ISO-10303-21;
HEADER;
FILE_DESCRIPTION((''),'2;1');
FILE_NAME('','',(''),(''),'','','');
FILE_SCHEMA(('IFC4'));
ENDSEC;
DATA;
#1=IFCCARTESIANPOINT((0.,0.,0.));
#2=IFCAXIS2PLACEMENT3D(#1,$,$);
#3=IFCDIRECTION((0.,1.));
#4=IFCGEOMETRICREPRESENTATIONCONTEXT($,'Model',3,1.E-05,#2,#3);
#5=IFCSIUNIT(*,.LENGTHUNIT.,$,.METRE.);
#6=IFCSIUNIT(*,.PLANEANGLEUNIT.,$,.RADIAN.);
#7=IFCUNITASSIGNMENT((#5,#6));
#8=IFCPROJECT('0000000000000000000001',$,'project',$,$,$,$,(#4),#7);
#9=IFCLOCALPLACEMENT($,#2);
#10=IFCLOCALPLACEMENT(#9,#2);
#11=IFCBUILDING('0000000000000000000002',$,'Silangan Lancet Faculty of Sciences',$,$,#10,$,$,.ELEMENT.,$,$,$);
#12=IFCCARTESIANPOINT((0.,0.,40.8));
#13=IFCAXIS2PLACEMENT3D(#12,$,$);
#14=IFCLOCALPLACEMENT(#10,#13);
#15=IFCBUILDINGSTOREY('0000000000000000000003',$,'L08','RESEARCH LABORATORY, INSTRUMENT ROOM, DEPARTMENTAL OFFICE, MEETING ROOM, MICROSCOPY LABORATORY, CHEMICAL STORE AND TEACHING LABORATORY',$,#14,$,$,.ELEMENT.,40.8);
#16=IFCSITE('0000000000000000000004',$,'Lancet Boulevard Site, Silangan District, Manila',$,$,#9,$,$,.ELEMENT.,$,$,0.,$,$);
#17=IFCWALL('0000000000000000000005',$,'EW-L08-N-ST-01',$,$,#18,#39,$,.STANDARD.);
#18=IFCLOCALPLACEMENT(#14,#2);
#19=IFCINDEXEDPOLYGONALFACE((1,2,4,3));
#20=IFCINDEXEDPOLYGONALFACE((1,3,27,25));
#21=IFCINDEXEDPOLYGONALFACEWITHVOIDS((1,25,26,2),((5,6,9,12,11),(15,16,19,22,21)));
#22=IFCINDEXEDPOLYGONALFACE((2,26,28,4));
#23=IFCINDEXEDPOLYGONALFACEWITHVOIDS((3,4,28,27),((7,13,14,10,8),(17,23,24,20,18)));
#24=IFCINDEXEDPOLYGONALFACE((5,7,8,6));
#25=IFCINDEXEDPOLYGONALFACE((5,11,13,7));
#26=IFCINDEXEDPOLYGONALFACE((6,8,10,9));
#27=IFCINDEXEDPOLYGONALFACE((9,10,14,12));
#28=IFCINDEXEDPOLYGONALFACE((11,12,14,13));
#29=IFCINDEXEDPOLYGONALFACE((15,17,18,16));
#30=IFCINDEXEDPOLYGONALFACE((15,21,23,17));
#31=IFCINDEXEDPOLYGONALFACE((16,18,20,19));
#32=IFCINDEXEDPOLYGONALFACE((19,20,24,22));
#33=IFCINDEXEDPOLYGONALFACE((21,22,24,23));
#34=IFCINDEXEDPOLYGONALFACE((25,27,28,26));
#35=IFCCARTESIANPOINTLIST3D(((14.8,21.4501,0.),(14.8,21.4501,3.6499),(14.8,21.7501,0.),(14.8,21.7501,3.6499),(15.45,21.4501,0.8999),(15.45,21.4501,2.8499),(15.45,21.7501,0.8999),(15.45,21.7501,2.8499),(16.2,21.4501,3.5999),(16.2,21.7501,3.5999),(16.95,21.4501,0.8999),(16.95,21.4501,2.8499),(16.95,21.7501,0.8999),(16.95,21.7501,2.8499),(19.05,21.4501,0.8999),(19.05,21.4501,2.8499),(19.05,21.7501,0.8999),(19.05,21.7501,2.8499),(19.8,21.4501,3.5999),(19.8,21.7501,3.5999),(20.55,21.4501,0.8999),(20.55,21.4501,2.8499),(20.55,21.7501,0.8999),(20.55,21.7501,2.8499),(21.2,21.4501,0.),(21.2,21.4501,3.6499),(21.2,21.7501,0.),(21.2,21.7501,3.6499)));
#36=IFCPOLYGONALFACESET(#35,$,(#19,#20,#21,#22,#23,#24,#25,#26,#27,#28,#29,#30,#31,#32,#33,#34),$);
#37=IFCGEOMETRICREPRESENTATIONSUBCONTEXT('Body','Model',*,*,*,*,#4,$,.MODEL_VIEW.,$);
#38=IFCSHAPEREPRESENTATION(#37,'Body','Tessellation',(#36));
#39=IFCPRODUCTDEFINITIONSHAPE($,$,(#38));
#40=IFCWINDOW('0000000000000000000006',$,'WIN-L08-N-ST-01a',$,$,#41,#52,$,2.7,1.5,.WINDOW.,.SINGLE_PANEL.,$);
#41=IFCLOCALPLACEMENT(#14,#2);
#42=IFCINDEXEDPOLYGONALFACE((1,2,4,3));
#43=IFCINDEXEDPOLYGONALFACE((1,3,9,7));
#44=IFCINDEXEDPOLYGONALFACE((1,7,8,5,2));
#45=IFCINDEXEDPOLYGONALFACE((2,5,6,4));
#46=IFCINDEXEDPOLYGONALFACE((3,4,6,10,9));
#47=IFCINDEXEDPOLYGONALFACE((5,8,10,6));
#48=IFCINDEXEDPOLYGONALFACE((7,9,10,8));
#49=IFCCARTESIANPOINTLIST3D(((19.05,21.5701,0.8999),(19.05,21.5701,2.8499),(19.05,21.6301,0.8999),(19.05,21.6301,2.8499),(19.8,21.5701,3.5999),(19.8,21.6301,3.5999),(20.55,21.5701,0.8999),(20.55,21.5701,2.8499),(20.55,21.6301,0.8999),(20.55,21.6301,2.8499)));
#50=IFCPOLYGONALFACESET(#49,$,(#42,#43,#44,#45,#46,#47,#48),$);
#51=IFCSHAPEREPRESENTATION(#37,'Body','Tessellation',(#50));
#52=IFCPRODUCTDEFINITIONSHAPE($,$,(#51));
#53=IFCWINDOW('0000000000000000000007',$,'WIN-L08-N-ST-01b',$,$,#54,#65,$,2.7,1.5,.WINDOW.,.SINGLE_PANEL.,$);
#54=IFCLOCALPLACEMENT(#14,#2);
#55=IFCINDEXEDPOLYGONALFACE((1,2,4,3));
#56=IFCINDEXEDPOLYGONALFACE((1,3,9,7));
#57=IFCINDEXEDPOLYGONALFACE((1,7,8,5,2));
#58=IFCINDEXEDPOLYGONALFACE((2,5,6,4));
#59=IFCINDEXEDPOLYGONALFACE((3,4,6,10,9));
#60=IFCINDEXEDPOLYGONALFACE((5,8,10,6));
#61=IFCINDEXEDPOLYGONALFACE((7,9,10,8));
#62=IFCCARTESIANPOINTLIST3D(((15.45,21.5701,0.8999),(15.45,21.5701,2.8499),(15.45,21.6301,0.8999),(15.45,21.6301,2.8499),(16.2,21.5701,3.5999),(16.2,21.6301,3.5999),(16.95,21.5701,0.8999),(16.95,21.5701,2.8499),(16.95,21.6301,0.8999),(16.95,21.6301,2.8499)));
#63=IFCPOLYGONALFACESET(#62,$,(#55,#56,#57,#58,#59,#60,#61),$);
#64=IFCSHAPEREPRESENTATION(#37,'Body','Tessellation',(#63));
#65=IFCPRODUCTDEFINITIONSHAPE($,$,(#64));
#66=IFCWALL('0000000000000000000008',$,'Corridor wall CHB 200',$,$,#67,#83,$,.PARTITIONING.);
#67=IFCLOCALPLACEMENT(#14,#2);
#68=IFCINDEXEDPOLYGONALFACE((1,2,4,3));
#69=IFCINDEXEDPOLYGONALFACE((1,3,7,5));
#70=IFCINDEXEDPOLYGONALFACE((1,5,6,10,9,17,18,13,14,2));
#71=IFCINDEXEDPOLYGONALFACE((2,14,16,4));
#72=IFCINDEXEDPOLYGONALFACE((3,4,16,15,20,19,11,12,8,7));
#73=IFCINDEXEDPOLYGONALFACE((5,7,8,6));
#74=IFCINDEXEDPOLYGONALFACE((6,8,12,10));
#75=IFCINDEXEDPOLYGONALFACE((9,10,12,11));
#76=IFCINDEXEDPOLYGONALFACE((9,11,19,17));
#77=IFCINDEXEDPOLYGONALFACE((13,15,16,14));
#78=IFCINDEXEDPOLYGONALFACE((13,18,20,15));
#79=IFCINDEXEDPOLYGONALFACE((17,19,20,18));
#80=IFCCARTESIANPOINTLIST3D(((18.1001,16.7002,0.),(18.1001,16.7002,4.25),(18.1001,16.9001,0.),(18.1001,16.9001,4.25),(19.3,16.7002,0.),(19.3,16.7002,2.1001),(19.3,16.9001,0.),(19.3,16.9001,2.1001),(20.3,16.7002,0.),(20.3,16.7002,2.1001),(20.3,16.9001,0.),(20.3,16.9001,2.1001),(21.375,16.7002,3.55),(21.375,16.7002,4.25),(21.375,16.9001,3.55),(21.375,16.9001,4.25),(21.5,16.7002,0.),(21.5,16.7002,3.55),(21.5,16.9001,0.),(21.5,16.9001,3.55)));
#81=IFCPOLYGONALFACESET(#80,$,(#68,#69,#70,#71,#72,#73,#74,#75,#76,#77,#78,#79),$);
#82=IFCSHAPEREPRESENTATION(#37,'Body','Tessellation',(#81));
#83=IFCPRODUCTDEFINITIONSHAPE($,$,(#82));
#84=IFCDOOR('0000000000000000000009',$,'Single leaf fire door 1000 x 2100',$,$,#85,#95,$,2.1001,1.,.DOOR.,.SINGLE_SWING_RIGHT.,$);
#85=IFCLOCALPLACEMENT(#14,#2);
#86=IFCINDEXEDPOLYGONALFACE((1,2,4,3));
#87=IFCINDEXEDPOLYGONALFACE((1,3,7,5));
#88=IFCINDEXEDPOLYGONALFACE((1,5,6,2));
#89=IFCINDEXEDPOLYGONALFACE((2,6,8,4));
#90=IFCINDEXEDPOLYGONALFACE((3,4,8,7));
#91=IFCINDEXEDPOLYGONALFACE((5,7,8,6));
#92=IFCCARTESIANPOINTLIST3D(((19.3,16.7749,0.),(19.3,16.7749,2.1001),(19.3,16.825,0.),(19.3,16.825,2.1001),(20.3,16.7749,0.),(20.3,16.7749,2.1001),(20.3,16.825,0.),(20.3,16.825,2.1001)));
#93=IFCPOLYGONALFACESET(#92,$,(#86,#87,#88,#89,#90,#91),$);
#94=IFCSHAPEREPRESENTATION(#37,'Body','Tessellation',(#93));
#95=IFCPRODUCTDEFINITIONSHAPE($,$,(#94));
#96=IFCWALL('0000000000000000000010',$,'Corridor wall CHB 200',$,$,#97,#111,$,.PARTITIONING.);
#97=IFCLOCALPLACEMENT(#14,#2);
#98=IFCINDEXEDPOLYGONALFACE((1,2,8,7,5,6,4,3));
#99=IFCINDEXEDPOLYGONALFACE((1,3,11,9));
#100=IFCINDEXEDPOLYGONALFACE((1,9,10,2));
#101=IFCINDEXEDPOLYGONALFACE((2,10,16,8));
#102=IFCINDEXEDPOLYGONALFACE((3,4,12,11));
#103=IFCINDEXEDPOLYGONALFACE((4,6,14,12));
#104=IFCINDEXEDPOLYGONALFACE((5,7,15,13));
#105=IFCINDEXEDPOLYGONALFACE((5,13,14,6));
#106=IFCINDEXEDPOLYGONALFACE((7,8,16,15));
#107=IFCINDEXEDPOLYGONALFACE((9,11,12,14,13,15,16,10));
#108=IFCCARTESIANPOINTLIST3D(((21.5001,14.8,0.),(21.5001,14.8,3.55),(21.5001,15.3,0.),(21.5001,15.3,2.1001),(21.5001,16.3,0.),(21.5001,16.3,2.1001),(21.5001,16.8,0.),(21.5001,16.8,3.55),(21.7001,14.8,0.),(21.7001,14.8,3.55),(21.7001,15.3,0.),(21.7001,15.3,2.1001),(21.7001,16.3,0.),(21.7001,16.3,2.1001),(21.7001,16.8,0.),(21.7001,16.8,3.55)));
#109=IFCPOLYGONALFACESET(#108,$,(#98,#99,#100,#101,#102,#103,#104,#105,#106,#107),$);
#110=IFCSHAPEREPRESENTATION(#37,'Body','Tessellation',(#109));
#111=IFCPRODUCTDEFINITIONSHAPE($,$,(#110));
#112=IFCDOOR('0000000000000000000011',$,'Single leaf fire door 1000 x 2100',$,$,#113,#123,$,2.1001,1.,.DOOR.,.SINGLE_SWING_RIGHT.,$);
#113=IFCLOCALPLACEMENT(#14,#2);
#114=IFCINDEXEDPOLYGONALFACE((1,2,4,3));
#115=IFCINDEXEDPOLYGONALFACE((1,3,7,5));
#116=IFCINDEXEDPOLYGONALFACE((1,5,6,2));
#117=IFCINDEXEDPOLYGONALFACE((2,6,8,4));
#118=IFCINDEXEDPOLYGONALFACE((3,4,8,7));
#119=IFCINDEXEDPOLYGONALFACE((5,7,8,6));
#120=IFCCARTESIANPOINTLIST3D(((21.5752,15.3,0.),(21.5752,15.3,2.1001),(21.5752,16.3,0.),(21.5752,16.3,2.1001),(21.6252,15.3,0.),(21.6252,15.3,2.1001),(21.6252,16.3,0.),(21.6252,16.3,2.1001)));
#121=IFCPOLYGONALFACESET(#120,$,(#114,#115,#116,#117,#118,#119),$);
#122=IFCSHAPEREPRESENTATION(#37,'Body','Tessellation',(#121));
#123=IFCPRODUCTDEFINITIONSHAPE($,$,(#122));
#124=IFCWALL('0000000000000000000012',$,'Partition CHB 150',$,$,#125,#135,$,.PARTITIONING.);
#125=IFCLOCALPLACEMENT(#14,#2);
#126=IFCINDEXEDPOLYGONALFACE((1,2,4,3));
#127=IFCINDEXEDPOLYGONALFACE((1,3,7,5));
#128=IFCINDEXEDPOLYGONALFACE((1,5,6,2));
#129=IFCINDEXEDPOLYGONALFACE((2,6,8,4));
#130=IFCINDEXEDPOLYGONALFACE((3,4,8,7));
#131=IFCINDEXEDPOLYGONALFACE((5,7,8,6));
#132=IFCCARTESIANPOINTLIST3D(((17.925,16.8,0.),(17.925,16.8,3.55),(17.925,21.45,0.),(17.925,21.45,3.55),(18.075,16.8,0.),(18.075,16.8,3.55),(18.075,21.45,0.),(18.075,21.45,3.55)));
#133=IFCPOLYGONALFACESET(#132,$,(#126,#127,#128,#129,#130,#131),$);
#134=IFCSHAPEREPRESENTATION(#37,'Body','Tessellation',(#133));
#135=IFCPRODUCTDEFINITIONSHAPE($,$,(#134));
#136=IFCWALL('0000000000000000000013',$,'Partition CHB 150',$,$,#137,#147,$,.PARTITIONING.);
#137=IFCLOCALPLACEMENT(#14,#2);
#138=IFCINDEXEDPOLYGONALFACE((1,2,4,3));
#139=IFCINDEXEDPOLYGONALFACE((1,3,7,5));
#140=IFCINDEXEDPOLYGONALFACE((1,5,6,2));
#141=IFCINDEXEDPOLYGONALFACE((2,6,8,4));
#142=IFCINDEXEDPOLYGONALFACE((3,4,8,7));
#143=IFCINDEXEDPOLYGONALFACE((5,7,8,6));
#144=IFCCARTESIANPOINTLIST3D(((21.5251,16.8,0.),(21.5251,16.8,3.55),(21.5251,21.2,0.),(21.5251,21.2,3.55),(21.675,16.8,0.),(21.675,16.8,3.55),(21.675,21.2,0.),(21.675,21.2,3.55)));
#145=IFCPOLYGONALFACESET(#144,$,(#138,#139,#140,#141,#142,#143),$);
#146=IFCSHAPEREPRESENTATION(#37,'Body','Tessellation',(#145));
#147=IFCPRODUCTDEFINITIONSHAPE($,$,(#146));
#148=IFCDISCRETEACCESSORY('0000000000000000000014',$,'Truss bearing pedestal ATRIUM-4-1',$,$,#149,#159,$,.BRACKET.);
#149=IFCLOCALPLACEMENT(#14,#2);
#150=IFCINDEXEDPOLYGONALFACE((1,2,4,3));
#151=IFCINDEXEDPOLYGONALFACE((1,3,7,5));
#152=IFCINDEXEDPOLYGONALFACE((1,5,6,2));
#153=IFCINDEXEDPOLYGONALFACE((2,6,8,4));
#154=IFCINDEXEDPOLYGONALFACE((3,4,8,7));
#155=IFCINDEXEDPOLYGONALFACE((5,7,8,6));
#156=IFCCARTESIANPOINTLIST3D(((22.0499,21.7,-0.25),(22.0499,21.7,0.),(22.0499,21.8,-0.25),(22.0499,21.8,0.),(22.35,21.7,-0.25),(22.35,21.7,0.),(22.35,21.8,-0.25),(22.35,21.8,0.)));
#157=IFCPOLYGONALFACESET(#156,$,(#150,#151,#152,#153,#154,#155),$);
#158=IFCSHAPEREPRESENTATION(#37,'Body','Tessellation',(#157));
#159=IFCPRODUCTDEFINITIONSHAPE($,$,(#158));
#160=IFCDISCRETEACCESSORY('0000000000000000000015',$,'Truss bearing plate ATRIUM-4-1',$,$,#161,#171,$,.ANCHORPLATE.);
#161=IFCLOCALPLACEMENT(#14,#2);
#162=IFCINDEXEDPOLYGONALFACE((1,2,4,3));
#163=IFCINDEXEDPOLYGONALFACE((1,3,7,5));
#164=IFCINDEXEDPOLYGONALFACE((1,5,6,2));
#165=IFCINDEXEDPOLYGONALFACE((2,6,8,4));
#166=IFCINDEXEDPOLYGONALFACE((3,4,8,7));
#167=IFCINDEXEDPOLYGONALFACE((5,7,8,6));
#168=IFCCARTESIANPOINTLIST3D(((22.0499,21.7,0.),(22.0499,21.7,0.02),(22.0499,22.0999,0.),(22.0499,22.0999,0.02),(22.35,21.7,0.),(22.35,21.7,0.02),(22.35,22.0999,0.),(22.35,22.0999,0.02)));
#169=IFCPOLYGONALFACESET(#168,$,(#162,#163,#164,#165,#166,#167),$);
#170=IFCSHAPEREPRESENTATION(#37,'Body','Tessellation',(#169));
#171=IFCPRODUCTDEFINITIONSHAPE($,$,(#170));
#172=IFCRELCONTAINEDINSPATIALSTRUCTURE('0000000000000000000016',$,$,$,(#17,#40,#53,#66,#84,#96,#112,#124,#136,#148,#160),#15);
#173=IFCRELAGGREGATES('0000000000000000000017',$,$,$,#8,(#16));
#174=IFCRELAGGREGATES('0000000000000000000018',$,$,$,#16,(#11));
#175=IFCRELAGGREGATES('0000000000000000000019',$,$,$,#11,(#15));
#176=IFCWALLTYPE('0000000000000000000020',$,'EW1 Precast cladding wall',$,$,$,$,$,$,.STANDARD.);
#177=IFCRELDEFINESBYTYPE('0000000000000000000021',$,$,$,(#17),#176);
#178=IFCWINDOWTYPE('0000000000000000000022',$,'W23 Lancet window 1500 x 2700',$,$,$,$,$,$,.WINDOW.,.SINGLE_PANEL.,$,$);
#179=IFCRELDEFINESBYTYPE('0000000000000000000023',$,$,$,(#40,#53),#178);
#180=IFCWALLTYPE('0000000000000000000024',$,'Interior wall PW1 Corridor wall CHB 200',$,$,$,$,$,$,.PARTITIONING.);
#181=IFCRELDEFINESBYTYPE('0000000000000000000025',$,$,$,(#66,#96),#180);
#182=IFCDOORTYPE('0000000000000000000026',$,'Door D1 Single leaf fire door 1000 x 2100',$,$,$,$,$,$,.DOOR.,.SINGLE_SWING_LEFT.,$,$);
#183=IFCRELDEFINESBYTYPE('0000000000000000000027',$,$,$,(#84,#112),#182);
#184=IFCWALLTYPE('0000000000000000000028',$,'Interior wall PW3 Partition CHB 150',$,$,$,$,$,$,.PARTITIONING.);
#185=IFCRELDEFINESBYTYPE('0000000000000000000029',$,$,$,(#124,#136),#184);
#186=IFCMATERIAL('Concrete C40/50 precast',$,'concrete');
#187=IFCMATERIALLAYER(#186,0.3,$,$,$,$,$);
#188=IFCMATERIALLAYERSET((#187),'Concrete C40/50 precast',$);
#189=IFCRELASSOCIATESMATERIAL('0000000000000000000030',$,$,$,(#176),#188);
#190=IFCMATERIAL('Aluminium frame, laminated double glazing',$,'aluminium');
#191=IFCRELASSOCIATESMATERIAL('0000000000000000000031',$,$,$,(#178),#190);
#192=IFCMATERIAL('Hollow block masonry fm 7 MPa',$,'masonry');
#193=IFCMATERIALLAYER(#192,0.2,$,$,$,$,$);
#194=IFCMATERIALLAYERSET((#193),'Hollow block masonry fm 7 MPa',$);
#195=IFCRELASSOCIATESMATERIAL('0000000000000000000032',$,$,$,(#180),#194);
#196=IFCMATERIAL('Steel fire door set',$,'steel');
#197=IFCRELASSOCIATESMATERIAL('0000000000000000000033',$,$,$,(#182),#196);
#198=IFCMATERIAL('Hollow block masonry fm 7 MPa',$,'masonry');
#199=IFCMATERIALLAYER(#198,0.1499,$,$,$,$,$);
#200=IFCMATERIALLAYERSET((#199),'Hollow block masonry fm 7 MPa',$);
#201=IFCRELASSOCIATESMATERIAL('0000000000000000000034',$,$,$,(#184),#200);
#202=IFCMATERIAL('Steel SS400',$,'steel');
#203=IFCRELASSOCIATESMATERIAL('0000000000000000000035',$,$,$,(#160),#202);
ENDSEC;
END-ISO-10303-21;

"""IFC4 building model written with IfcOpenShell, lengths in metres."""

from ifc_helpers import new_model, si_unit, direction, frame, frame_2d, origin, origin_2d, place, context, subcontext, project, spatial, polyline, rectangle, outline, extrude, material, layer, layer_set, type_object, element, fill, save


model = new_model("IFC4")

# Units and contexts
model_context = context("Model", 3, precision=1e-05, world=origin(), true_north=direction((0.0, 1.0)))
body_context = subcontext(model_context, "Body", "Model", "MODEL_VIEW")
ifc_project = project(units=[si_unit("LENGTHUNIT", "METRE"), si_unit("PLANEANGLEUNIT", "RADIAN")], contexts=[model_context])

# Site, building, storey
site_placement = place(None, origin())
site = spatial("IfcSite", under=ifc_project, at=site_placement, Name="Lancet Boulevard Site, Silangan District, Manila", CompositionType="ELEMENT", RefElevation=0.0)
building_placement = place(site_placement, origin())
building = spatial("IfcBuilding", under=site, at=building_placement, Name="Silangan Lancet Faculty of Sciences", CompositionType="ELEMENT")
storey_placement = place(building_placement, frame((0.0, 0.0, 40.8)))
storey = spatial("IfcBuildingStorey", under=building, at=storey_placement, Name="L08", Description="RESEARCH LABORATORY, INSTRUMENT ROOM, DEPARTMENTAL OFFICE, MEETING ROOM, MICROSCOPY LABORATORY, CHEMICAL STORE AND TEACHING LABORATORY", CompositionType="ELEMENT", Elevation=40.8)

# Wall, openings, windows
ifc_material_1 = material(Name="Concrete C40/50 precast", Category="concrete")
ifc_layer_1 = layer(ifc_material_1, 0.3)
ifc_layer_set_1 = layer_set([ifc_layer_1], Name="Concrete C40/50 precast")
wall_type_1 = type_object("IfcWallType", Name="EW1 Precast cladding wall", PredefinedType="STANDARD", material=ifc_layer_set_1)
ifc_material_2 = material(Name="Aluminium frame, laminated double glazing", Category="aluminium")
window_type = type_object("IfcWindowType", Name="W23 Lancet window 1500 x 2700", PartitioningType="SINGLE_PANEL", PredefinedType="WINDOW", material=ifc_material_2)
wall_1_placement = place(storey_placement, frame((21.2, 21.6001, 0.0), z_axis=(0.0, 0.0, 1.0), x_axis=(-1.0, 0.0, 0.0)))
wall_1 = element("IfcWall", 1, at=wall_1_placement, inside=storey, type_object=wall_type_1, Name="EW-L08-N-ST-01", PredefinedType="STANDARD", context=body_context, shape_type="SweptSolid", body=[
    extrude(rectangle(XDim=6.3999, YDim=0.3, at=frame_2d((3.2, 0.0))), origin(), (0.0, 0.0, 1.0), 3.6499),
])
opening_1_placement = place(wall_1_placement, frame((0.6499, 0.0, 0.8999)))
opening_1 = element("IfcOpeningElement", 2, at=opening_1_placement, cuts=wall_1, PredefinedType="OPENING", context=body_context, shape_type="SweptSolid", body=[
    extrude(outline(polyline([(0.0, 0.0), (1.5, 0.0), (1.5, 1.95), (0.75, 2.7), (0.0, 1.95), (0.0, 0.0)])), frame((0.0, 0.1599, 0.0), z_axis=(0.0, -1.0, 0.0), x_axis=(1.0, 0.0, 0.0)), (0.0, 0.0, 1.0), 0.3201),
])
opening_2_placement = place(wall_1_placement, frame((4.25, 0.0, 0.8999)))
opening_2 = element("IfcOpeningElement", 3, at=opening_2_placement, cuts=wall_1, PredefinedType="OPENING", context=body_context, shape_type="SweptSolid", body=[
    extrude(outline(polyline([(0.0, 0.0), (1.5, 0.0), (1.5, 1.95), (0.75, 2.7), (0.0, 1.95), (0.0, 0.0)])), frame((0.0, 0.1599, 0.0), z_axis=(0.0, -1.0, 0.0), x_axis=(1.0, 0.0, 0.0)), (0.0, 0.0, 1.0), 0.3201),
])
window_1_placement = place(opening_1_placement, origin())
window_1 = element("IfcWindow", 4, at=window_1_placement, inside=storey, type_object=window_type, Name="WIN-L08-N-ST-01a", OverallHeight=2.7, OverallWidth=1.5, PartitioningType="SINGLE_PANEL", PredefinedType="WINDOW", context=body_context, shape_type="SweptSolid", body=[
    extrude(outline(polyline([(0.0, 0.0), (1.5, 0.0), (1.5, 1.95), (0.75, 2.7), (0.0, 1.95), (0.0, 0.0)])), frame((0.0, 0.03, 0.0), z_axis=(0.0, -1.0, 0.0), x_axis=(1.0, 0.0, 0.0)), (0.0, 0.0, 1.0), 0.0601),
])
fill(opening_1, window_1)
window_2_placement = place(opening_2_placement, origin())
window_2 = element("IfcWindow", 5, at=window_2_placement, inside=storey, type_object=window_type, Name="WIN-L08-N-ST-01b", OverallHeight=2.7, OverallWidth=1.5, PartitioningType="SINGLE_PANEL", PredefinedType="WINDOW", context=body_context, shape_type="SweptSolid", body=[
    extrude(outline(polyline([(0.0, 0.0), (1.5, 0.0), (1.5, 1.95), (0.75, 2.7), (0.0, 1.95), (0.0, 0.0)])), frame((0.0, 0.03, 0.0), z_axis=(0.0, -1.0, 0.0), x_axis=(1.0, 0.0, 0.0)), (0.0, 0.0, 1.0), 0.0601),
])
fill(opening_2, window_2)

# Walls, openings, doors
ifc_material_3 = material(Name="Hollow block masonry fm 7 MPa", Category="masonry")
ifc_layer_2 = layer(ifc_material_3, 0.2)
ifc_layer_set_2 = layer_set([ifc_layer_2], Name="Hollow block masonry fm 7 MPa")
wall_type_2 = type_object("IfcWallType", Name="Interior wall PW1 Corridor wall CHB 200", PredefinedType="PARTITIONING", material=ifc_layer_set_2)
wall_2_placement = place(storey_placement, frame((18.1001, 16.8, 0.0), z_axis=(0.0, 0.0, 1.0), x_axis=(1.0, 0.0, 0.0)))
wall_2 = element("IfcWall", 6, at=wall_2_placement, inside=storey, type_object=wall_type_2, Name="Corridor wall CHB 200", PredefinedType="PARTITIONING", context=body_context, shape_type="SweptSolid", body=[
    extrude(outline(polyline([(0.0, 0.0), (3.3999, 0.0), (3.3999, 3.55), (3.2749, 3.55), (3.2749, 4.25), (0.0, 4.25), (0.0, 0.0)])), frame((0.0, 0.1001, 0.0), z_axis=(0.0, -1.0, 0.0), x_axis=(1.0, 0.0, 0.0)), (0.0, 0.0, 1.0), 0.2),
])
opening_3_placement = place(wall_2_placement, frame((1.2, 0.0, 0.0)))
opening_3 = element("IfcOpeningElement", 7, at=opening_3_placement, cuts=wall_2, PredefinedType="OPENING", context=body_context, shape_type="SweptSolid", body=[
    extrude(rectangle(XDim=1.0, YDim=2.1001, at=frame_2d((0.5, 1.05))), frame((0.0, 0.1099, 0.0), z_axis=(0.0, -1.0, 0.0), x_axis=(1.0, 0.0, 0.0)), (0.0, 0.0, 1.0), 0.22),
])
ifc_material_4 = material(Name="Steel fire door set", Category="steel")
door_type = type_object("IfcDoorType", Name="Door D1 Single leaf fire door 1000 x 2100", OperationType="SINGLE_SWING_LEFT", PredefinedType="DOOR", material=ifc_material_4)
door_1_placement = place(opening_3_placement, origin())
door_1 = element("IfcDoor", 8, at=door_1_placement, inside=storey, type_object=door_type, Name="Single leaf fire door 1000 x 2100", OperationType="SINGLE_SWING_RIGHT", OverallHeight=2.1001, OverallWidth=1.0, PredefinedType="DOOR", context=body_context, shape_type="SweptSolid", body=[
    extrude(rectangle(XDim=1.0, YDim=2.1001, at=frame_2d((0.5, 1.05))), frame((0.0, 0.0249, 0.0), z_axis=(0.0, -1.0, 0.0), x_axis=(1.0, 0.0, 0.0)), (0.0, 0.0, 1.0), 0.05),
])
fill(opening_3, door_1)
wall_3_placement = place(storey_placement, frame((21.6001, 14.8, 0.0), z_axis=(0.0, 0.0, 1.0), x_axis=(0.0, 1.0, 0.0)))
wall_3 = element("IfcWall", 9, at=wall_3_placement, inside=storey, type_object=wall_type_2, Name="Corridor wall CHB 200", PredefinedType="PARTITIONING", context=body_context, shape_type="SweptSolid", body=[
    extrude(rectangle(XDim=2.0, YDim=0.2, at=frame_2d((1.0, 0.0))), origin(), (0.0, 0.0, 1.0), 3.55),
])
opening_4_placement = place(wall_3_placement, frame((0.5, 0.0, 0.0)))
opening_4 = element("IfcOpeningElement", 10, at=opening_4_placement, cuts=wall_3, PredefinedType="OPENING", context=body_context, shape_type="SweptSolid", body=[
    extrude(rectangle(XDim=1.0, YDim=2.1001, at=frame_2d((0.5, 1.05))), frame((0.0, 0.1099, 0.0), z_axis=(0.0, -1.0, 0.0), x_axis=(1.0, 0.0, 0.0)), (0.0, 0.0, 1.0), 0.22),
])
door_2_placement = place(opening_4_placement, frame((1.0, 0.0, 0.0), z_axis=(0.0, 0.0, 1.0), x_axis=(-1.0, 0.0, 0.0)))
door_2 = element("IfcDoor", 11, at=door_2_placement, inside=storey, type_object=door_type, Name="Single leaf fire door 1000 x 2100", OperationType="SINGLE_SWING_RIGHT", OverallHeight=2.1001, OverallWidth=1.0, PredefinedType="DOOR", context=body_context, shape_type="SweptSolid", body=[
    extrude(rectangle(XDim=1.0, YDim=2.1001, at=frame_2d((0.5, 1.05))), frame((0.0, 0.0251, 0.0), z_axis=(0.0, -1.0, 0.0), x_axis=(1.0, 0.0, 0.0)), (0.0, 0.0, 1.0), 0.05),
])
fill(opening_4, door_2)

# Walls
ifc_material_5 = material(Name="Hollow block masonry fm 7 MPa", Category="masonry")
ifc_layer_3 = layer(ifc_material_5, 0.1499)
ifc_layer_set_3 = layer_set([ifc_layer_3], Name="Hollow block masonry fm 7 MPa")
wall_type_3 = type_object("IfcWallType", Name="Interior wall PW3 Partition CHB 150", PredefinedType="PARTITIONING", material=ifc_layer_set_3)
wall_4_placement = place(storey_placement, frame((18.0, 16.8, 0.0), z_axis=(0.0, 0.0, 1.0), x_axis=(0.0, 1.0, 0.0)))
element("IfcWall", 12, at=wall_4_placement, inside=storey, type_object=wall_type_3, Name="Partition CHB 150", PredefinedType="PARTITIONING", context=body_context, shape_type="SweptSolid", body=[
    extrude(rectangle(XDim=4.6499, YDim=0.1499, at=frame_2d((2.325, 0.0))), origin(), (0.0, 0.0, 1.0), 3.55),
])
wall_5_placement = place(storey_placement, frame((21.6001, 16.8, 0.0), z_axis=(0.0, 0.0, 1.0), x_axis=(0.0, 1.0, 0.0)))
element("IfcWall", 13, at=wall_5_placement, inside=storey, type_object=wall_type_3, Name="Partition CHB 150", PredefinedType="PARTITIONING", context=body_context, shape_type="SweptSolid", body=[
    extrude(rectangle(XDim=4.3999, YDim=0.1499, at=frame_2d((2.2, 0.0))), origin(), (0.0, 0.0, 1.0), 3.55),
])

# Discrete accessories
discrete_accessory_1_placement = place(storey_placement, frame((22.2, 21.75, -0.25), z_axis=(0.0, 0.0, 1.0), x_axis=(1.0, 0.0, 0.0)))
element("IfcDiscreteAccessory", 14, at=discrete_accessory_1_placement, inside=storey, Name="Truss bearing pedestal ATRIUM-4-1", PredefinedType="BRACKET", context=body_context, shape_type="SweptSolid", body=[
    extrude(rectangle(XDim=0.3, YDim=0.1001, at=origin_2d()), origin(), (0.0, 0.0, 1.0), 0.25),
])
ifc_material_6 = material(Name="Steel SS400", Category="steel")
discrete_accessory_2_placement = place(storey_placement, frame((22.2, 21.8999, 0.0), z_axis=(0.0, 0.0, 1.0), x_axis=(1.0, 0.0, 0.0)))
element("IfcDiscreteAccessory", 15, at=discrete_accessory_2_placement, inside=storey, material=ifc_material_6, Name="Truss bearing plate ATRIUM-4-1", PredefinedType="ANCHORPLATE", context=body_context, shape_type="SweptSolid", body=[
    extrude(rectangle(XDim=0.3, YDim=0.3999, at=origin_2d()), origin(), (0.0, 0.0, 1.0), 0.02),
])

save(model, "model.ifc")
